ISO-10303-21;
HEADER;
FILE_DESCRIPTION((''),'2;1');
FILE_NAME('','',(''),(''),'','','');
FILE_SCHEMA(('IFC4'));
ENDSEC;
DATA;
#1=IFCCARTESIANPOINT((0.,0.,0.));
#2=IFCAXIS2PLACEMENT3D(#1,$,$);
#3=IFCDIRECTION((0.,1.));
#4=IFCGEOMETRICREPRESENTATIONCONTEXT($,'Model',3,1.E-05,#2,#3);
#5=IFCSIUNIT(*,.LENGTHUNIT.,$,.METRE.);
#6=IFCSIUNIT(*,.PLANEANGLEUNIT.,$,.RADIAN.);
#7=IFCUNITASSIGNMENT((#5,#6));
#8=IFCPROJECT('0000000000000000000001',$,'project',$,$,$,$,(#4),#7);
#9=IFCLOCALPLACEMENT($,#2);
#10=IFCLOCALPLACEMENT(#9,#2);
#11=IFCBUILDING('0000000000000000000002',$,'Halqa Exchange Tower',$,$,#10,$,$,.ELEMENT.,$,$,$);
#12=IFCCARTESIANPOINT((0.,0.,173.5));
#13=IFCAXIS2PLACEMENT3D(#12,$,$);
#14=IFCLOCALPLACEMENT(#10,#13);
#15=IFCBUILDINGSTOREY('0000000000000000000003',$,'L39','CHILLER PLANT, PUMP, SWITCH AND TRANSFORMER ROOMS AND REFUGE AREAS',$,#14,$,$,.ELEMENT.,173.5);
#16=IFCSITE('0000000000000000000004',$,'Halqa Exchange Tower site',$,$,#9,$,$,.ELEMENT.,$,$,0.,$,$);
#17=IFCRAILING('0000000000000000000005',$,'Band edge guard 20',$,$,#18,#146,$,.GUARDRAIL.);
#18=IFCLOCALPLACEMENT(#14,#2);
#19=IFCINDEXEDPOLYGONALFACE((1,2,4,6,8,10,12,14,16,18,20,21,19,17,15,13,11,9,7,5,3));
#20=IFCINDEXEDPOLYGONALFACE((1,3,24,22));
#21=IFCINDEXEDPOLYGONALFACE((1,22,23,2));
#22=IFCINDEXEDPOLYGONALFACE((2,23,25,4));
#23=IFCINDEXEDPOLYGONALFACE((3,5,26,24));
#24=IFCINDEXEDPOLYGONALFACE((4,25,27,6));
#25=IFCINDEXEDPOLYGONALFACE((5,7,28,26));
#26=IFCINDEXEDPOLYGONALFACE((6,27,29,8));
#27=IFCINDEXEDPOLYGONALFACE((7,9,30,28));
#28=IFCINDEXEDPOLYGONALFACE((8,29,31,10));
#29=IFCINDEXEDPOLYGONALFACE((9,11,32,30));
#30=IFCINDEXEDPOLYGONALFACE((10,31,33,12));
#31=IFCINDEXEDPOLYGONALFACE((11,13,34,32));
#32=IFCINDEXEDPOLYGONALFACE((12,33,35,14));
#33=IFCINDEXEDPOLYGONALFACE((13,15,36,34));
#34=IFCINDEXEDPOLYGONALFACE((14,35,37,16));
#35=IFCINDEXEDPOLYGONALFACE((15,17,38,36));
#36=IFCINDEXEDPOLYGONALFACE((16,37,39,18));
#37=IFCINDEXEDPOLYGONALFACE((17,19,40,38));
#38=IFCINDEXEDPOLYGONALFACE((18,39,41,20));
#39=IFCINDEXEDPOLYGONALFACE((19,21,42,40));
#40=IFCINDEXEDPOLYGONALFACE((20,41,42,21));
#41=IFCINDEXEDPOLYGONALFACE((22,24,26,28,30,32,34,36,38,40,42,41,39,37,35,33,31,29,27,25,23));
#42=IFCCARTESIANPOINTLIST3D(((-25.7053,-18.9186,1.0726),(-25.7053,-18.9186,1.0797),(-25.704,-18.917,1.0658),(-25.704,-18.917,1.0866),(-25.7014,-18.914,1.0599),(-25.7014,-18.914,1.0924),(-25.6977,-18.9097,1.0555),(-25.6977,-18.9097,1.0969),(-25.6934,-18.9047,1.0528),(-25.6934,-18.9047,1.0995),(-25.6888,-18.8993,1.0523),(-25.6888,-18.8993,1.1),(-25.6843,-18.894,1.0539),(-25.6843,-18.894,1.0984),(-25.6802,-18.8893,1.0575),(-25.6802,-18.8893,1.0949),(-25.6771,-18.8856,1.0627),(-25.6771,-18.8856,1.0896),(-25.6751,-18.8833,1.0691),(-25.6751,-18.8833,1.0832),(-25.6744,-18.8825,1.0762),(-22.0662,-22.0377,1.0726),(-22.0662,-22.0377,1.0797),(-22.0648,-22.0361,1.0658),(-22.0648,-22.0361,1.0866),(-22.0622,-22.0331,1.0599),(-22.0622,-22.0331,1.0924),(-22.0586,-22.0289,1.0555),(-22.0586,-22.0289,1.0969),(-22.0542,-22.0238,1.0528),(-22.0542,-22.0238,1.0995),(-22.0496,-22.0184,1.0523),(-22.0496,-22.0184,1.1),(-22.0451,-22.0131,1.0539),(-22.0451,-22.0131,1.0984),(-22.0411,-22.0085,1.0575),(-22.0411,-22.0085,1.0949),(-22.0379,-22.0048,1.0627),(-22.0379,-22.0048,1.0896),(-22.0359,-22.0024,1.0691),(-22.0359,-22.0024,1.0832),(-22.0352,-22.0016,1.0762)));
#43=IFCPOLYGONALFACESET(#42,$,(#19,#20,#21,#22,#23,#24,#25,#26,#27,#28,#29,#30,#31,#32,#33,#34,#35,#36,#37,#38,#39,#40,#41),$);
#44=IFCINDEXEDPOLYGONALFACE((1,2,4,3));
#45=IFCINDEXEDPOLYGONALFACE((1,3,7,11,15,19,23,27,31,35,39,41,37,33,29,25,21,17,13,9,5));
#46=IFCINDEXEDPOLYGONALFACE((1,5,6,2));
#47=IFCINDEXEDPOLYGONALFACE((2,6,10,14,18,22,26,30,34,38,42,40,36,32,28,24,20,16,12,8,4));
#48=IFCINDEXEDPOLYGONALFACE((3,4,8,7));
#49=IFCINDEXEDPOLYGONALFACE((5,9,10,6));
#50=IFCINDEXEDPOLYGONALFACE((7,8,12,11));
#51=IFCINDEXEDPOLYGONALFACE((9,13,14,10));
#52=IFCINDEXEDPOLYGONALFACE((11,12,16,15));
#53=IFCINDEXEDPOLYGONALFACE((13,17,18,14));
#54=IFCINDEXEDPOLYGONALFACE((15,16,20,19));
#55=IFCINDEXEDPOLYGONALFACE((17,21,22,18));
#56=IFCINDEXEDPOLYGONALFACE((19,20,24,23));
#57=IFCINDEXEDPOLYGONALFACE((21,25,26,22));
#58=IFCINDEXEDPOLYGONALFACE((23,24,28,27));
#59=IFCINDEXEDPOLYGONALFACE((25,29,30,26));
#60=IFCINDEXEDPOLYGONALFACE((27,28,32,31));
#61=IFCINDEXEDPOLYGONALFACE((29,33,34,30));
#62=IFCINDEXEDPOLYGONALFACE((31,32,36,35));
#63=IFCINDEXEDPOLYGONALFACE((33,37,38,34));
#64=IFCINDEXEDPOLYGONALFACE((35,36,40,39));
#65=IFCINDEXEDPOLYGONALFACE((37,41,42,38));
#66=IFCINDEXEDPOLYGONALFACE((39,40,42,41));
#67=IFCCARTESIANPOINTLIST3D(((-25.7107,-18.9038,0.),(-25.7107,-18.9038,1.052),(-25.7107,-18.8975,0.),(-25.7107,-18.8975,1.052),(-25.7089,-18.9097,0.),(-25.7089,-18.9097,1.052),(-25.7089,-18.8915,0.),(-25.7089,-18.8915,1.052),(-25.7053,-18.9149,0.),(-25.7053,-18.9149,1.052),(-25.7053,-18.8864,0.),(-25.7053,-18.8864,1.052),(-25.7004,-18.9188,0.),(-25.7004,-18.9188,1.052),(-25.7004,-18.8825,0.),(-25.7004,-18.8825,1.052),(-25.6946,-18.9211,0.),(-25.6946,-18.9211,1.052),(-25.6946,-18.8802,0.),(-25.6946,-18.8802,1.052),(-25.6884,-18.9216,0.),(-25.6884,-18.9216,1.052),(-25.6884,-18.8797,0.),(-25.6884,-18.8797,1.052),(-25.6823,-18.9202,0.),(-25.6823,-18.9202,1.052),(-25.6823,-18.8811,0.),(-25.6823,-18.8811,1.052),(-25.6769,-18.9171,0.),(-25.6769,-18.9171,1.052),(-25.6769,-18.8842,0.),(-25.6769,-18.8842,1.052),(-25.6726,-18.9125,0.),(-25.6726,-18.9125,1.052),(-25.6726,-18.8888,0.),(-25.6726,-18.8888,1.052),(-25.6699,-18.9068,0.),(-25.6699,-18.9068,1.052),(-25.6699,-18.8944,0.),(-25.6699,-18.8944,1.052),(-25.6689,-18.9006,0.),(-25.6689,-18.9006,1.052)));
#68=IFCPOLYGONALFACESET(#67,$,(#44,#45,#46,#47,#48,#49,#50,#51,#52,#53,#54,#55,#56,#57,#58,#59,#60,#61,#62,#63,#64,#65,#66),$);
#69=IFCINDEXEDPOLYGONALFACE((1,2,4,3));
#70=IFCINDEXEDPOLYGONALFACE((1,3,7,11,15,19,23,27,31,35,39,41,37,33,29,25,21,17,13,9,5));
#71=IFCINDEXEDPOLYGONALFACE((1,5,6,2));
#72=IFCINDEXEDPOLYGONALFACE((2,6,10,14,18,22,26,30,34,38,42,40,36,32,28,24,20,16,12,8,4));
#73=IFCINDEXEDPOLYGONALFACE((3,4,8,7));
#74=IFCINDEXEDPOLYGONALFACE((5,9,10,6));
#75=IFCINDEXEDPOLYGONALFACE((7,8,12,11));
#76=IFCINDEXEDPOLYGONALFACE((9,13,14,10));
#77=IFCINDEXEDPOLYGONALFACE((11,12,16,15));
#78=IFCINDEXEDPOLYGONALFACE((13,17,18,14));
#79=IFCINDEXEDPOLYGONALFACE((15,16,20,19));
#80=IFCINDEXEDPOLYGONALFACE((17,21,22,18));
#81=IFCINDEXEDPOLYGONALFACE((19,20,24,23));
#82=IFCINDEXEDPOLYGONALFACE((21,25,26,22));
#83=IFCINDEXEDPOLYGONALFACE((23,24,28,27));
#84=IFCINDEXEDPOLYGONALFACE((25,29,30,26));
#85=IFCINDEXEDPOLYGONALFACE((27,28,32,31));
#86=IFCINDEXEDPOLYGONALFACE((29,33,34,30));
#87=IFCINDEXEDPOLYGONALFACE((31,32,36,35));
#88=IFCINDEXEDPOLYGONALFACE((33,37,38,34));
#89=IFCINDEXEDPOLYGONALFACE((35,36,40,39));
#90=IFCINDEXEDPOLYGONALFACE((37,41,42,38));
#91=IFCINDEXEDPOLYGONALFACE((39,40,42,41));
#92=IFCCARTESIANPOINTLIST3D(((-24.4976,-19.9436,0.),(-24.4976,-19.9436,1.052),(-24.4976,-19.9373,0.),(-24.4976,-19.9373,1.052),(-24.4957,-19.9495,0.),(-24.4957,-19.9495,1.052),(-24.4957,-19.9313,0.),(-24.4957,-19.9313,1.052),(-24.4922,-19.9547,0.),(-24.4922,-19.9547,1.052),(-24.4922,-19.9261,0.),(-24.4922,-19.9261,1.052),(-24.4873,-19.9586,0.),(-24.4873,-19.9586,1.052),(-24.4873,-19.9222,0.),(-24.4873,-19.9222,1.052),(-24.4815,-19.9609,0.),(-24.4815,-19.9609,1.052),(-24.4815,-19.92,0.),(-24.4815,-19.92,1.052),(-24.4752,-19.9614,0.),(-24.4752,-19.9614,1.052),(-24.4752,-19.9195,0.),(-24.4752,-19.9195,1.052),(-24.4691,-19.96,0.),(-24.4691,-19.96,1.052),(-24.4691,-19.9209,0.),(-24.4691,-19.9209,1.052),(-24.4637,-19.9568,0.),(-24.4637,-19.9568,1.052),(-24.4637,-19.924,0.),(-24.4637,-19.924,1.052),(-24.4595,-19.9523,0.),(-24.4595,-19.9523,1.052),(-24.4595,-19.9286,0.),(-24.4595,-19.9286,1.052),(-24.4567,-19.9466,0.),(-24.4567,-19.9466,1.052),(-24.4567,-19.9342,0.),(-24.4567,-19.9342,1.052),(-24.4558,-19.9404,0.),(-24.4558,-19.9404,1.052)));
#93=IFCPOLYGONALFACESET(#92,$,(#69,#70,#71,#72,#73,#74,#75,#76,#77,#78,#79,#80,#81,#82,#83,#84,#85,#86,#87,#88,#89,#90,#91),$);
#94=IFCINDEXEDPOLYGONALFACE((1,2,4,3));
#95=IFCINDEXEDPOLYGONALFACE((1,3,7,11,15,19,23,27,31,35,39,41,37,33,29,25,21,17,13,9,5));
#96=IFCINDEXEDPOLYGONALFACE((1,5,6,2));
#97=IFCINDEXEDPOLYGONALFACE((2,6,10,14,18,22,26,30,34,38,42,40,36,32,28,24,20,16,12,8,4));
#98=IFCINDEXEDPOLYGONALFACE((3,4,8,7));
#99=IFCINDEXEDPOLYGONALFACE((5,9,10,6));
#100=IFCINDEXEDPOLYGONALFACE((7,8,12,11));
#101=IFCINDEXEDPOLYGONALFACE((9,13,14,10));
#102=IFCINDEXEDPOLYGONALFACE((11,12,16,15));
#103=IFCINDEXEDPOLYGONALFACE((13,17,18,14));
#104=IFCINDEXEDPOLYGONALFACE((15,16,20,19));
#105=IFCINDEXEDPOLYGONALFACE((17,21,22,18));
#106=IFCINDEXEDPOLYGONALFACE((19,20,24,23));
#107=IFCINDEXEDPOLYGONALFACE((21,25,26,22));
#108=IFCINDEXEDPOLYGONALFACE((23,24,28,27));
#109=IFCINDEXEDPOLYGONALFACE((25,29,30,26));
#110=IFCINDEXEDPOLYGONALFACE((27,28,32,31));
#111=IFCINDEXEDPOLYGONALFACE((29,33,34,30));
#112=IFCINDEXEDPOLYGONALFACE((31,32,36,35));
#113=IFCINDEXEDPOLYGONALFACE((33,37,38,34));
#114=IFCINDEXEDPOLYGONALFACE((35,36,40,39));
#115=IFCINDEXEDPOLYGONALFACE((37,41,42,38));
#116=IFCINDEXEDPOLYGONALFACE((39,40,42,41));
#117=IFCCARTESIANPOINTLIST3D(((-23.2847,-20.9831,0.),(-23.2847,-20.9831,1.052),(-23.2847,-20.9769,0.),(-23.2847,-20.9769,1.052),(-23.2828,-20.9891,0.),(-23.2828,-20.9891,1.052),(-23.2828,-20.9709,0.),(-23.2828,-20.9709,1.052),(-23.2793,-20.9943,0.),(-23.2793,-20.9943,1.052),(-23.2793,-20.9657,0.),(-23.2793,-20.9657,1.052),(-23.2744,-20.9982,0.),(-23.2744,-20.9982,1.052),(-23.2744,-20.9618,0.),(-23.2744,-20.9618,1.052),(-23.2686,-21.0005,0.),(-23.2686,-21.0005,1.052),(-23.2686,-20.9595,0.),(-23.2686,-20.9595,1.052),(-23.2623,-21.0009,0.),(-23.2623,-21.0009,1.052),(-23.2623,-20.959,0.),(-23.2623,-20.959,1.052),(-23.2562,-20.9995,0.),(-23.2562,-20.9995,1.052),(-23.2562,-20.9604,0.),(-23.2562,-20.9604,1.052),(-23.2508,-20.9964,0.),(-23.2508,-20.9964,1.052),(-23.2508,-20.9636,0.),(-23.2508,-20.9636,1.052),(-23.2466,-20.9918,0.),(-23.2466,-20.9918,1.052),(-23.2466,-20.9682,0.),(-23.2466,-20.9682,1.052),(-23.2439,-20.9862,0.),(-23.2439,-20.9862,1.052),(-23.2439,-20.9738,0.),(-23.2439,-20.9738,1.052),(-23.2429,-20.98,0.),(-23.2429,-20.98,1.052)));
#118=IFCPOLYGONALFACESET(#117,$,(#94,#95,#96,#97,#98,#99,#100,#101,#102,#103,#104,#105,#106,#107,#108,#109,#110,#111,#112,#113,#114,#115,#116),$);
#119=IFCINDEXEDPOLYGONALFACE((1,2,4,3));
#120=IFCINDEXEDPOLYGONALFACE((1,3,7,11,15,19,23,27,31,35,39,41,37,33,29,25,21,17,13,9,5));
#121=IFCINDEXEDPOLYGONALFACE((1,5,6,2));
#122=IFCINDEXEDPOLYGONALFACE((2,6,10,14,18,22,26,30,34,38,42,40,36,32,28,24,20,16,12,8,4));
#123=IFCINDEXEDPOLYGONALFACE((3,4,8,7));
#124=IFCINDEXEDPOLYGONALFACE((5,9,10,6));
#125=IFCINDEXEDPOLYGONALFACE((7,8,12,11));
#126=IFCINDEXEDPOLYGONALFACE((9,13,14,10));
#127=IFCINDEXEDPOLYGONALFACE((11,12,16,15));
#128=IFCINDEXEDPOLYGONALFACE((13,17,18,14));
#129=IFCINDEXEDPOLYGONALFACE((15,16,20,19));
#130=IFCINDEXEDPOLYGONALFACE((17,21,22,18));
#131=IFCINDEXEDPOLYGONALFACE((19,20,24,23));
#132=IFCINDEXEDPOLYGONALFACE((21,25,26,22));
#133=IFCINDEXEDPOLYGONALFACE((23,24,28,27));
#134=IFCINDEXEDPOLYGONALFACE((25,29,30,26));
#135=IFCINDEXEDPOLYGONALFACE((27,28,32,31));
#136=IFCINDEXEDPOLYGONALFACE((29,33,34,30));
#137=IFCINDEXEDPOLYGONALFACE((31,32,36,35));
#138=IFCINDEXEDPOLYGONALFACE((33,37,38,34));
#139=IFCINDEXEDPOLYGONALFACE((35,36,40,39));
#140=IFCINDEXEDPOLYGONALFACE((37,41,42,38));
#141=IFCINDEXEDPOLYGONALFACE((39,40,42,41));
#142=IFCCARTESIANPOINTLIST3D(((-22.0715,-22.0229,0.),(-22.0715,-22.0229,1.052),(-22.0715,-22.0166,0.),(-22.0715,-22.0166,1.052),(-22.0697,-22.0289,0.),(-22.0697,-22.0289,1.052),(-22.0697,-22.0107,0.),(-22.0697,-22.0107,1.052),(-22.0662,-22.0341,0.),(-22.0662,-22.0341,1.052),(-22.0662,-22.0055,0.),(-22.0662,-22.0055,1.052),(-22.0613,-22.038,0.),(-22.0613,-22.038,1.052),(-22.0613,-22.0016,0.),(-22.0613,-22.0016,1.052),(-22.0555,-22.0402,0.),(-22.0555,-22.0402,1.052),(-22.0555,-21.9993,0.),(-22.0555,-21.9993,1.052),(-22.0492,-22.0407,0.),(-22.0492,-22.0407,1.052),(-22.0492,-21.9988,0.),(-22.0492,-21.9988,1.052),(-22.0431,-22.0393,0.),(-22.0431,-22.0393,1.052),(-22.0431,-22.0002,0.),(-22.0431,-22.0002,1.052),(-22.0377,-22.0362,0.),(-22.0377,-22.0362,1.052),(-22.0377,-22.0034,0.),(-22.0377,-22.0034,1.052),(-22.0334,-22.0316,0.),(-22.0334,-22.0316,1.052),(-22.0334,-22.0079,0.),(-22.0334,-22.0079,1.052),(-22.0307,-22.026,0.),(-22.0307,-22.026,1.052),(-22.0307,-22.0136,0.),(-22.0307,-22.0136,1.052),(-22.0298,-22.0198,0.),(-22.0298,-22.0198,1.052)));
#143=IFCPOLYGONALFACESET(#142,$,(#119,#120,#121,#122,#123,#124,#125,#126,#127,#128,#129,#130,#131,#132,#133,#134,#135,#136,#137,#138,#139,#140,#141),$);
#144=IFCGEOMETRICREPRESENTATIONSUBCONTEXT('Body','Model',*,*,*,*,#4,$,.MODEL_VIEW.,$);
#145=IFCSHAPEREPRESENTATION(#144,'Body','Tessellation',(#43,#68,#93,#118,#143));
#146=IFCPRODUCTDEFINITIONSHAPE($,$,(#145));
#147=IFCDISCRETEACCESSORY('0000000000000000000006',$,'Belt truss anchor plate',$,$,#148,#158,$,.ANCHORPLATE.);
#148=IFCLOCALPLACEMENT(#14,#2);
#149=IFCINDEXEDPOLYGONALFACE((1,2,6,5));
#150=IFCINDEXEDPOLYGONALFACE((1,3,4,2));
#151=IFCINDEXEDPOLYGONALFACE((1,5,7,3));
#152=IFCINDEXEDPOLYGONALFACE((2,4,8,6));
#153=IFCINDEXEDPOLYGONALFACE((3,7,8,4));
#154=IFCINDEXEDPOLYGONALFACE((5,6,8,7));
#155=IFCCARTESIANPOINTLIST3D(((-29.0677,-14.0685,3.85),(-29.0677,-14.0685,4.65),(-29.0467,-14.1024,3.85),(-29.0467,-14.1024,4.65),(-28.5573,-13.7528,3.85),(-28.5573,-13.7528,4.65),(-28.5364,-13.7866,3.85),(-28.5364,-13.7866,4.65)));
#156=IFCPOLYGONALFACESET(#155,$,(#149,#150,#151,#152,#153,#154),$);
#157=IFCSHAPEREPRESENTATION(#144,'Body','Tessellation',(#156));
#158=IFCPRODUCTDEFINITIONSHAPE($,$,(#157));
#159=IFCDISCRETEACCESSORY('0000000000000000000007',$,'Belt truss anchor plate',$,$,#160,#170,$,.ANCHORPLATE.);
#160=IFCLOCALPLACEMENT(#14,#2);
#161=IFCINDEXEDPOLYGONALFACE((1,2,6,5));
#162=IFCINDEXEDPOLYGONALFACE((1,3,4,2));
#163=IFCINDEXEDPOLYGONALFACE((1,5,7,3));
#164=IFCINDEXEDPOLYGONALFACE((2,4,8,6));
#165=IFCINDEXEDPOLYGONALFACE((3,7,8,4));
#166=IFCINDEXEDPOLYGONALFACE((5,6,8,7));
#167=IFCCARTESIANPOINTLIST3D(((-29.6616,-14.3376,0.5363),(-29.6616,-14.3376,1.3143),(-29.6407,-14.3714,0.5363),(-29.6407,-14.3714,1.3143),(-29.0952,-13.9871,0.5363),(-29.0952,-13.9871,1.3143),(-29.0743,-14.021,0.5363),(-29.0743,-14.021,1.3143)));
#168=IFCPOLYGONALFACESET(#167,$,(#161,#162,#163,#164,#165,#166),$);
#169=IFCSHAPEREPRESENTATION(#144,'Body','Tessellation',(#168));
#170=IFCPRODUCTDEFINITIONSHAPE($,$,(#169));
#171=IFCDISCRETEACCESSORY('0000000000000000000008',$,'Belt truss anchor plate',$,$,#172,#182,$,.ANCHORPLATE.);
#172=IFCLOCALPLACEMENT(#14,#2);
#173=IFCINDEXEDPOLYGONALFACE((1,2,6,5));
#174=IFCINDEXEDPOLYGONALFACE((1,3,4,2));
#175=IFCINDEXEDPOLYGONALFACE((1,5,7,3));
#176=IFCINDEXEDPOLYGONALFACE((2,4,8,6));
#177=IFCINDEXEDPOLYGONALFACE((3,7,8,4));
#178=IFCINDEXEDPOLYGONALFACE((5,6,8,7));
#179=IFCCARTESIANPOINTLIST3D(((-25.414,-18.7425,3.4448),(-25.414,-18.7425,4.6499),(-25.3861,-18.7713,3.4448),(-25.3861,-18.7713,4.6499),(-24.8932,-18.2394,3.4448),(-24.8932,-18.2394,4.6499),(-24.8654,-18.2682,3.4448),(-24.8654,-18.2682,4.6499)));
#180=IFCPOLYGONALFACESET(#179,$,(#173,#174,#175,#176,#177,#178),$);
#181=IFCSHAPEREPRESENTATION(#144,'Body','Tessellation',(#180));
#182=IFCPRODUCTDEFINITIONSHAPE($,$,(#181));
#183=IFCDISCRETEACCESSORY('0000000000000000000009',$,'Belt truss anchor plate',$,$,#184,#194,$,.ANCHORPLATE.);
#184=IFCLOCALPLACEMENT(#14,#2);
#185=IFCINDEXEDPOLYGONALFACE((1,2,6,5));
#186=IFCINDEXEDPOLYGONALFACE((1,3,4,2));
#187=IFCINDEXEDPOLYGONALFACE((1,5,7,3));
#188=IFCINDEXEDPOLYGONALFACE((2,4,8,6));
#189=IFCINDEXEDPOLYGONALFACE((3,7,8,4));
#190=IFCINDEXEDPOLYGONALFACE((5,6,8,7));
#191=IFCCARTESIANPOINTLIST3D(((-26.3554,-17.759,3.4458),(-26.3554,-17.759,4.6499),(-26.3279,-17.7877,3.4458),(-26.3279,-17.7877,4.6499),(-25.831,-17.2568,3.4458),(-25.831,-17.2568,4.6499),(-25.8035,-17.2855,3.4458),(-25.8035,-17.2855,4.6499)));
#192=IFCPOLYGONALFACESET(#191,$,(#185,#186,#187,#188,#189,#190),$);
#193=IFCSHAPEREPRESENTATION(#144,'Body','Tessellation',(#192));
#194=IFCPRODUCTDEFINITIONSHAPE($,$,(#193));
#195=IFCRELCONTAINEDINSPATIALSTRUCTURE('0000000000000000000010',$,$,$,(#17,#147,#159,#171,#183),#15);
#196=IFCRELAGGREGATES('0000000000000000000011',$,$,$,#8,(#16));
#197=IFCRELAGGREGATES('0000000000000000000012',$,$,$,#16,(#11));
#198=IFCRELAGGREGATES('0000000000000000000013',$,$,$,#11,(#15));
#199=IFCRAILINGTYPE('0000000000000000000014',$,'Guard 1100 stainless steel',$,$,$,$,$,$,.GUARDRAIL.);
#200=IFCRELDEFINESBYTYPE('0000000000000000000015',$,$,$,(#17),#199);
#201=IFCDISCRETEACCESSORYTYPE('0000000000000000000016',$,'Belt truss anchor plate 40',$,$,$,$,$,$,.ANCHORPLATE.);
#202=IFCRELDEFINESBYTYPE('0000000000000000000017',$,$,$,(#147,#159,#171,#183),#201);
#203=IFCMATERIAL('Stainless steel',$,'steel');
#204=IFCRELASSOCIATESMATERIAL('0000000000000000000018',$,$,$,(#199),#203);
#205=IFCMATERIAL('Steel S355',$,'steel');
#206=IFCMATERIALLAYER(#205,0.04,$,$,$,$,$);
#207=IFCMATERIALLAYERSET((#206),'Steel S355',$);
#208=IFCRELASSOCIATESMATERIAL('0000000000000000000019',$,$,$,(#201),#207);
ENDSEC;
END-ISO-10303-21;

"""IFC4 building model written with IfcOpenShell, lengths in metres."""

from ifc_helpers import new_model, si_unit, direction, frame, origin, origin_2d, place, context, subcontext, project, spatial, rectangle, circle, extrude, material, layer, layer_set, type_object, element, save


model = new_model("IFC4")

# Units and contexts
model_context = context("Model", 3, precision=1e-05, world=origin(), true_north=direction((0.0, 1.0)))
body_context = subcontext(model_context, "Body", "Model", "MODEL_VIEW")
ifc_project = project(units=[si_unit("LENGTHUNIT", "METRE"), si_unit("PLANEANGLEUNIT", "RADIAN")], contexts=[model_context])

# Site, building, storey
site_placement = place(None, origin())
site = spatial("IfcSite", under=ifc_project, at=site_placement, Name="Halqa Exchange Tower site", CompositionType="ELEMENT", RefElevation=0.0)
building_placement = place(site_placement, origin())
building = spatial("IfcBuilding", under=site, at=building_placement, Name="Halqa Exchange Tower", CompositionType="ELEMENT")
storey_placement = place(building_placement, frame((0.0, 0.0, 173.5)))
storey = spatial("IfcBuildingStorey", under=building, at=storey_placement, Name="L39", Description="CHILLER PLANT, PUMP, SWITCH AND TRANSFORMER ROOMS AND REFUGE AREAS", CompositionType="ELEMENT", Elevation=173.5)

# Shared definitions
ifc_material_1 = material(Name="Steel S355", Category="steel")

# Railing
ifc_material_2 = material(Name="Stainless steel", Category="steel")
railing_type = type_object("IfcRailingType", Name="Guard 1100 stainless steel", PredefinedType="GUARDRAIL", material=ifc_material_2)
railing_1_placement = place(storey_placement, frame((-25.6899, -18.9006, 0.0)))
element("IfcRailing", 1, at=railing_1_placement, inside=storey, type_object=railing_type, Name="Band edge guard 20", PredefinedType="GUARDRAIL", context=body_context, shape_type="SweptSolid", body=[
    extrude(circle(Radius=0.0239, at=origin_2d()), frame((0.0, 0.0, 1.0762), z_axis=(0.759271, -0.650775, 0.0), x_axis=(0.650775, 0.759271, 0.0)), (0.0, 0.0, 1.0), 4.793),
    extrude(circle(Radius=0.021, at=origin_2d()), origin(), (0.0, 0.0, 1.0), 1.052),
    extrude(circle(Radius=0.021, at=origin_2d()), frame((1.2131, -1.0398, 0.0)), (0.0, 0.0, 1.0), 1.052),
    extrude(circle(Radius=0.021, at=origin_2d()), frame((2.426, -2.0793, 0.0)), (0.0, 0.0, 1.0), 1.052),
    extrude(circle(Radius=0.021, at=origin_2d()), frame((3.6392, -3.1191, 0.0)), (0.0, 0.0, 1.0), 1.052),
])

# Discrete accessories
ifc_layer_1 = layer(ifc_material_1, 0.04)
ifc_layer_set_1 = layer_set([ifc_layer_1], Name="Steel S355")
discrete_accessory_type = type_object("IfcDiscreteAccessoryType", Name="Belt truss anchor plate 40", PredefinedType="ANCHORPLATE", material=ifc_layer_set_1)
discrete_accessory_1_placement = place(storey_placement, frame((-28.8125, -13.9106, 4.25), z_axis=(0.526144, -0.850396, 0.0), x_axis=(0.850396, 0.526144, 0.0)))
element("IfcDiscreteAccessory", 2, at=discrete_accessory_1_placement, inside=storey, type_object=discrete_accessory_type, Name="Belt truss anchor plate", PredefinedType="ANCHORPLATE", context=body_context, shape_type="SweptSolid", body=[
    extrude(rectangle(XDim=0.6001, YDim=0.8, at=origin_2d()), origin(), (0.0, 0.0, 1.0), 0.0398),
])
discrete_accessory_2_placement = place(storey_placement, frame((-29.3784, -14.1624, 0.9253), z_axis=(0.526144, -0.850396, 0.0), x_axis=(0.850396, 0.526144, 0.0)))
element("IfcDiscreteAccessory", 3, at=discrete_accessory_2_placement, inside=storey, type_object=discrete_accessory_type, Name="Belt truss anchor plate", PredefinedType="ANCHORPLATE", context=body_context, shape_type="SweptSolid", body=[
    extrude(rectangle(XDim=0.666, YDim=0.7781, at=origin_2d()), origin(), (0.0, 0.0, 1.0), 0.0398),
])
discrete_accessory_3_placement = place(storey_placement, frame((-25.1536, -18.491, 4.0474), z_axis=(0.694812, -0.719191, 0.0), x_axis=(0.719191, 0.694812, 0.0)))
element("IfcDiscreteAccessory", 4, at=discrete_accessory_3_placement, inside=storey, type_object=discrete_accessory_type, Name="Belt truss anchor plate", PredefinedType="ANCHORPLATE", context=body_context, shape_type="SweptSolid", body=[
    extrude(rectangle(XDim=0.7241, YDim=1.2051, at=origin_2d()), origin(), (0.0, 0.0, 1.0), 0.04),
])
discrete_accessory_4_placement = place(storey_placement, frame((-26.0657, -17.5366, 4.0479), z_axis=(-0.691639, 0.722243, 0.0), x_axis=(-0.722243, -0.691639, 0.0)))
element("IfcDiscreteAccessory", 5, at=discrete_accessory_4_placement, inside=storey, type_object=discrete_accessory_type, Name="Belt truss anchor plate", PredefinedType="ANCHORPLATE", context=body_context, shape_type="SweptSolid", body=[
    extrude(rectangle(XDim=0.7261, YDim=1.2041, at=origin_2d()), origin(), (0.0, 0.0, 1.0), 0.0398),
])

save(model, "model.ifc")
